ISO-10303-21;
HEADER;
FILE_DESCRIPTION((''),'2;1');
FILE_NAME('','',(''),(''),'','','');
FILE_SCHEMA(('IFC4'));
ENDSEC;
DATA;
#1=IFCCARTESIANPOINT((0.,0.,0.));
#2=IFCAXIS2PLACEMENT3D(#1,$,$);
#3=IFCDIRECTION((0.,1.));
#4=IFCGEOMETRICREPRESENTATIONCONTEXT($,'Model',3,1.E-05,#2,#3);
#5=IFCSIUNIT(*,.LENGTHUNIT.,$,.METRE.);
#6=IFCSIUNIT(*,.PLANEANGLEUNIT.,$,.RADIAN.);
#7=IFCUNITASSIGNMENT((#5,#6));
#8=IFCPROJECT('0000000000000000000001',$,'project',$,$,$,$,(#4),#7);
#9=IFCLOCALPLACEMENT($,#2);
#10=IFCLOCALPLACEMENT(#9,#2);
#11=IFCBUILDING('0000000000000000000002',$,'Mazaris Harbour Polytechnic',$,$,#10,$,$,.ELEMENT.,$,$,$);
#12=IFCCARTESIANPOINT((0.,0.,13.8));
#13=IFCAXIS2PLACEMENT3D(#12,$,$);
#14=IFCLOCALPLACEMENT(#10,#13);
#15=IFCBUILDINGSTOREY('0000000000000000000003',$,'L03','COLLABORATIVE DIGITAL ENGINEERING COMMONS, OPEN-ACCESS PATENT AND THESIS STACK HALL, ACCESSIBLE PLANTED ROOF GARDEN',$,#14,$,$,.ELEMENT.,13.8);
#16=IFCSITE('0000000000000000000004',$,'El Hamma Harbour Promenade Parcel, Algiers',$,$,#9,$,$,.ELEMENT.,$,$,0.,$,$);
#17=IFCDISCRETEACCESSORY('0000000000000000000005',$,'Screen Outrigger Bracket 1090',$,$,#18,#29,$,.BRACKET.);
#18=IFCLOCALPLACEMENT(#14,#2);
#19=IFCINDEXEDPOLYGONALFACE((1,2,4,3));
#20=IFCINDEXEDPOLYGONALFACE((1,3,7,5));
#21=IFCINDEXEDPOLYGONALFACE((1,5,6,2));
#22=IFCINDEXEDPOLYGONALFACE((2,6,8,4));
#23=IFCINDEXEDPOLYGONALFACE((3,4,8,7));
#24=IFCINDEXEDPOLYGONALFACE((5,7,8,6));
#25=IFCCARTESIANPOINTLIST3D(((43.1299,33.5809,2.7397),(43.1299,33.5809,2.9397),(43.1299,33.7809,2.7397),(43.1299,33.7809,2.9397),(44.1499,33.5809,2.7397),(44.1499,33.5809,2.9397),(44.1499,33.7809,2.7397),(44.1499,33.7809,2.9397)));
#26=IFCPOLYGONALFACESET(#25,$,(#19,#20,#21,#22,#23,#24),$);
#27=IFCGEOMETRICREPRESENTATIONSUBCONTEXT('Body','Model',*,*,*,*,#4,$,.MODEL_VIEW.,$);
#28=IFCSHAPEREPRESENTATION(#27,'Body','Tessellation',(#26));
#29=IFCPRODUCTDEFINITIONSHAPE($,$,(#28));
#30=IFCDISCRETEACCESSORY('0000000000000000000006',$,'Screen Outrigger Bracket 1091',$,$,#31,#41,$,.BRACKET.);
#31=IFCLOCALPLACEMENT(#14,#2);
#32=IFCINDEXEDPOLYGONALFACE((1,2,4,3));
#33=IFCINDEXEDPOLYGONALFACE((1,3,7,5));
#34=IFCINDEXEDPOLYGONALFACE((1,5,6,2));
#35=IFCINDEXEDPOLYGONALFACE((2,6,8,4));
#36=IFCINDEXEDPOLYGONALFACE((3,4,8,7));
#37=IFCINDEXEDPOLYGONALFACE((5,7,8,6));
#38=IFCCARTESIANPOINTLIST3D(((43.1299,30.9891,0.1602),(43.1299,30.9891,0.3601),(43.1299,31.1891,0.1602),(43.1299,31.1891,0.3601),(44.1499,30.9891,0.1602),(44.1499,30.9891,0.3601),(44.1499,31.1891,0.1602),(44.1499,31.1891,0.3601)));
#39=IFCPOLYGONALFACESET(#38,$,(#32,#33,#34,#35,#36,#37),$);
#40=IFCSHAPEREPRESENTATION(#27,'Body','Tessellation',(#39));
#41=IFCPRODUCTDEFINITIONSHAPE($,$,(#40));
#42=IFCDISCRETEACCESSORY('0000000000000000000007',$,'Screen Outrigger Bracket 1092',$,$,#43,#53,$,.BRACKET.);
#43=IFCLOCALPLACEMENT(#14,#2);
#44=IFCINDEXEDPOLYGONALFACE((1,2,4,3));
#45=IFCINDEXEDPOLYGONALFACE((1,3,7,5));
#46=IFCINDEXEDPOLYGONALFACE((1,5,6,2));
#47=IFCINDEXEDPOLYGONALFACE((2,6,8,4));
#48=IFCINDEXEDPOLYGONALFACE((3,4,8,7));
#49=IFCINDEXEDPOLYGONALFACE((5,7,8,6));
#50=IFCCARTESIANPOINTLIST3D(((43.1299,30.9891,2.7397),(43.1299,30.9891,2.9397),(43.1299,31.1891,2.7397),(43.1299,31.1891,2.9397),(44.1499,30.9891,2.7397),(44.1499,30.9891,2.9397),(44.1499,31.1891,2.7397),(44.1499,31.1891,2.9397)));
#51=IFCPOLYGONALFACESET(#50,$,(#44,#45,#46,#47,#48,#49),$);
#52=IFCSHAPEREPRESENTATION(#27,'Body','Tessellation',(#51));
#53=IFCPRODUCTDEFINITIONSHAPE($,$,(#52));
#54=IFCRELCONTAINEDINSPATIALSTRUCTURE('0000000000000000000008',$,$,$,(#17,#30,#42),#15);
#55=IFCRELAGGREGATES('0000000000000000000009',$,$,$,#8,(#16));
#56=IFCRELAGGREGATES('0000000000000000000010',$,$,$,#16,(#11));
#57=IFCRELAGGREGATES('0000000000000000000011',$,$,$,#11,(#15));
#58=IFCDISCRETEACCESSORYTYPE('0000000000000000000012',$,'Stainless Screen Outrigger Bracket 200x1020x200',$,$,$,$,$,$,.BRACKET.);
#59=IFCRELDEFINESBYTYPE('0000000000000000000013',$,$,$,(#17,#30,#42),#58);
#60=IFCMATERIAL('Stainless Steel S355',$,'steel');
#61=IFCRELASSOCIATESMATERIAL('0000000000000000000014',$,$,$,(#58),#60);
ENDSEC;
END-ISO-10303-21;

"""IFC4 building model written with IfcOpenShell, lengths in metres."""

from ifc_helpers import new_model, si_unit, direction, frame, origin, origin_2d, place, context, subcontext, project, spatial, rectangle, extrude, material, type_object, element, save


model = new_model("IFC4")

# Units and contexts
model_context = context("Model", 3, precision=1e-05, world=origin(), true_north=direction((0.0, 1.0)))
body_context = subcontext(model_context, "Body", "Model", "MODEL_VIEW")
ifc_project = project(units=[si_unit("LENGTHUNIT", "METRE"), si_unit("PLANEANGLEUNIT", "RADIAN")], contexts=[model_context])

# Site, building, storey
site_placement = place(None, origin())
site = spatial("IfcSite", under=ifc_project, at=site_placement, Name="El Hamma Harbour Promenade Parcel, Algiers", CompositionType="ELEMENT", RefElevation=0.0)
building_placement = place(site_placement, origin())
building = spatial("IfcBuilding", under=site, at=building_placement, Name="Mazaris Harbour Polytechnic", CompositionType="ELEMENT")
storey_placement = place(building_placement, frame((0.0, 0.0, 13.8)))
storey = spatial("IfcBuildingStorey", under=building, at=storey_placement, Name="L03", Description="COLLABORATIVE DIGITAL ENGINEERING COMMONS, OPEN-ACCESS PATENT AND THESIS STACK HALL, ACCESSIBLE PLANTED ROOF GARDEN", CompositionType="ELEMENT", Elevation=13.8)

# Discrete accessories
ifc_material_1 = material(Name="Stainless Steel S355", Category="steel")
discrete_accessory_type = type_object("IfcDiscreteAccessoryType", Name="Stainless Screen Outrigger Bracket 200x1020x200", PredefinedType="BRACKET", material=ifc_material_1)
for number, where, z_axis, x_axis, name in (
    (1, (43.6399, 33.6809, 2.7397), (0.0, 0.0, 1.0), (0.0, -1.0, 0.0), "Screen Outrigger Bracket 1090"),
    (2, (43.6399, 31.0891, 0.1602), (0.0, 0.0, 1.0), (0.0, -1.0, 0.0), "Screen Outrigger Bracket 1091"),
    (3, (43.6399, 31.0891, 2.7397), (0.0, 0.0, 1.0), (0.0, -1.0, 0.0), "Screen Outrigger Bracket 1092"),
):
    element("IfcDiscreteAccessory", number, at=place(storey_placement, frame(where, z_axis=z_axis, x_axis=x_axis)), inside=storey, type_object=discrete_accessory_type, Name=name, PredefinedType="BRACKET", context=body_context, shape_type="SweptSolid", body=[
        extrude(rectangle(XDim=0.2, YDim=1.02, at=origin_2d()), origin(), (0.0, 0.0, 1.0), 0.2),
    ])

save(model, "model.ifc")
